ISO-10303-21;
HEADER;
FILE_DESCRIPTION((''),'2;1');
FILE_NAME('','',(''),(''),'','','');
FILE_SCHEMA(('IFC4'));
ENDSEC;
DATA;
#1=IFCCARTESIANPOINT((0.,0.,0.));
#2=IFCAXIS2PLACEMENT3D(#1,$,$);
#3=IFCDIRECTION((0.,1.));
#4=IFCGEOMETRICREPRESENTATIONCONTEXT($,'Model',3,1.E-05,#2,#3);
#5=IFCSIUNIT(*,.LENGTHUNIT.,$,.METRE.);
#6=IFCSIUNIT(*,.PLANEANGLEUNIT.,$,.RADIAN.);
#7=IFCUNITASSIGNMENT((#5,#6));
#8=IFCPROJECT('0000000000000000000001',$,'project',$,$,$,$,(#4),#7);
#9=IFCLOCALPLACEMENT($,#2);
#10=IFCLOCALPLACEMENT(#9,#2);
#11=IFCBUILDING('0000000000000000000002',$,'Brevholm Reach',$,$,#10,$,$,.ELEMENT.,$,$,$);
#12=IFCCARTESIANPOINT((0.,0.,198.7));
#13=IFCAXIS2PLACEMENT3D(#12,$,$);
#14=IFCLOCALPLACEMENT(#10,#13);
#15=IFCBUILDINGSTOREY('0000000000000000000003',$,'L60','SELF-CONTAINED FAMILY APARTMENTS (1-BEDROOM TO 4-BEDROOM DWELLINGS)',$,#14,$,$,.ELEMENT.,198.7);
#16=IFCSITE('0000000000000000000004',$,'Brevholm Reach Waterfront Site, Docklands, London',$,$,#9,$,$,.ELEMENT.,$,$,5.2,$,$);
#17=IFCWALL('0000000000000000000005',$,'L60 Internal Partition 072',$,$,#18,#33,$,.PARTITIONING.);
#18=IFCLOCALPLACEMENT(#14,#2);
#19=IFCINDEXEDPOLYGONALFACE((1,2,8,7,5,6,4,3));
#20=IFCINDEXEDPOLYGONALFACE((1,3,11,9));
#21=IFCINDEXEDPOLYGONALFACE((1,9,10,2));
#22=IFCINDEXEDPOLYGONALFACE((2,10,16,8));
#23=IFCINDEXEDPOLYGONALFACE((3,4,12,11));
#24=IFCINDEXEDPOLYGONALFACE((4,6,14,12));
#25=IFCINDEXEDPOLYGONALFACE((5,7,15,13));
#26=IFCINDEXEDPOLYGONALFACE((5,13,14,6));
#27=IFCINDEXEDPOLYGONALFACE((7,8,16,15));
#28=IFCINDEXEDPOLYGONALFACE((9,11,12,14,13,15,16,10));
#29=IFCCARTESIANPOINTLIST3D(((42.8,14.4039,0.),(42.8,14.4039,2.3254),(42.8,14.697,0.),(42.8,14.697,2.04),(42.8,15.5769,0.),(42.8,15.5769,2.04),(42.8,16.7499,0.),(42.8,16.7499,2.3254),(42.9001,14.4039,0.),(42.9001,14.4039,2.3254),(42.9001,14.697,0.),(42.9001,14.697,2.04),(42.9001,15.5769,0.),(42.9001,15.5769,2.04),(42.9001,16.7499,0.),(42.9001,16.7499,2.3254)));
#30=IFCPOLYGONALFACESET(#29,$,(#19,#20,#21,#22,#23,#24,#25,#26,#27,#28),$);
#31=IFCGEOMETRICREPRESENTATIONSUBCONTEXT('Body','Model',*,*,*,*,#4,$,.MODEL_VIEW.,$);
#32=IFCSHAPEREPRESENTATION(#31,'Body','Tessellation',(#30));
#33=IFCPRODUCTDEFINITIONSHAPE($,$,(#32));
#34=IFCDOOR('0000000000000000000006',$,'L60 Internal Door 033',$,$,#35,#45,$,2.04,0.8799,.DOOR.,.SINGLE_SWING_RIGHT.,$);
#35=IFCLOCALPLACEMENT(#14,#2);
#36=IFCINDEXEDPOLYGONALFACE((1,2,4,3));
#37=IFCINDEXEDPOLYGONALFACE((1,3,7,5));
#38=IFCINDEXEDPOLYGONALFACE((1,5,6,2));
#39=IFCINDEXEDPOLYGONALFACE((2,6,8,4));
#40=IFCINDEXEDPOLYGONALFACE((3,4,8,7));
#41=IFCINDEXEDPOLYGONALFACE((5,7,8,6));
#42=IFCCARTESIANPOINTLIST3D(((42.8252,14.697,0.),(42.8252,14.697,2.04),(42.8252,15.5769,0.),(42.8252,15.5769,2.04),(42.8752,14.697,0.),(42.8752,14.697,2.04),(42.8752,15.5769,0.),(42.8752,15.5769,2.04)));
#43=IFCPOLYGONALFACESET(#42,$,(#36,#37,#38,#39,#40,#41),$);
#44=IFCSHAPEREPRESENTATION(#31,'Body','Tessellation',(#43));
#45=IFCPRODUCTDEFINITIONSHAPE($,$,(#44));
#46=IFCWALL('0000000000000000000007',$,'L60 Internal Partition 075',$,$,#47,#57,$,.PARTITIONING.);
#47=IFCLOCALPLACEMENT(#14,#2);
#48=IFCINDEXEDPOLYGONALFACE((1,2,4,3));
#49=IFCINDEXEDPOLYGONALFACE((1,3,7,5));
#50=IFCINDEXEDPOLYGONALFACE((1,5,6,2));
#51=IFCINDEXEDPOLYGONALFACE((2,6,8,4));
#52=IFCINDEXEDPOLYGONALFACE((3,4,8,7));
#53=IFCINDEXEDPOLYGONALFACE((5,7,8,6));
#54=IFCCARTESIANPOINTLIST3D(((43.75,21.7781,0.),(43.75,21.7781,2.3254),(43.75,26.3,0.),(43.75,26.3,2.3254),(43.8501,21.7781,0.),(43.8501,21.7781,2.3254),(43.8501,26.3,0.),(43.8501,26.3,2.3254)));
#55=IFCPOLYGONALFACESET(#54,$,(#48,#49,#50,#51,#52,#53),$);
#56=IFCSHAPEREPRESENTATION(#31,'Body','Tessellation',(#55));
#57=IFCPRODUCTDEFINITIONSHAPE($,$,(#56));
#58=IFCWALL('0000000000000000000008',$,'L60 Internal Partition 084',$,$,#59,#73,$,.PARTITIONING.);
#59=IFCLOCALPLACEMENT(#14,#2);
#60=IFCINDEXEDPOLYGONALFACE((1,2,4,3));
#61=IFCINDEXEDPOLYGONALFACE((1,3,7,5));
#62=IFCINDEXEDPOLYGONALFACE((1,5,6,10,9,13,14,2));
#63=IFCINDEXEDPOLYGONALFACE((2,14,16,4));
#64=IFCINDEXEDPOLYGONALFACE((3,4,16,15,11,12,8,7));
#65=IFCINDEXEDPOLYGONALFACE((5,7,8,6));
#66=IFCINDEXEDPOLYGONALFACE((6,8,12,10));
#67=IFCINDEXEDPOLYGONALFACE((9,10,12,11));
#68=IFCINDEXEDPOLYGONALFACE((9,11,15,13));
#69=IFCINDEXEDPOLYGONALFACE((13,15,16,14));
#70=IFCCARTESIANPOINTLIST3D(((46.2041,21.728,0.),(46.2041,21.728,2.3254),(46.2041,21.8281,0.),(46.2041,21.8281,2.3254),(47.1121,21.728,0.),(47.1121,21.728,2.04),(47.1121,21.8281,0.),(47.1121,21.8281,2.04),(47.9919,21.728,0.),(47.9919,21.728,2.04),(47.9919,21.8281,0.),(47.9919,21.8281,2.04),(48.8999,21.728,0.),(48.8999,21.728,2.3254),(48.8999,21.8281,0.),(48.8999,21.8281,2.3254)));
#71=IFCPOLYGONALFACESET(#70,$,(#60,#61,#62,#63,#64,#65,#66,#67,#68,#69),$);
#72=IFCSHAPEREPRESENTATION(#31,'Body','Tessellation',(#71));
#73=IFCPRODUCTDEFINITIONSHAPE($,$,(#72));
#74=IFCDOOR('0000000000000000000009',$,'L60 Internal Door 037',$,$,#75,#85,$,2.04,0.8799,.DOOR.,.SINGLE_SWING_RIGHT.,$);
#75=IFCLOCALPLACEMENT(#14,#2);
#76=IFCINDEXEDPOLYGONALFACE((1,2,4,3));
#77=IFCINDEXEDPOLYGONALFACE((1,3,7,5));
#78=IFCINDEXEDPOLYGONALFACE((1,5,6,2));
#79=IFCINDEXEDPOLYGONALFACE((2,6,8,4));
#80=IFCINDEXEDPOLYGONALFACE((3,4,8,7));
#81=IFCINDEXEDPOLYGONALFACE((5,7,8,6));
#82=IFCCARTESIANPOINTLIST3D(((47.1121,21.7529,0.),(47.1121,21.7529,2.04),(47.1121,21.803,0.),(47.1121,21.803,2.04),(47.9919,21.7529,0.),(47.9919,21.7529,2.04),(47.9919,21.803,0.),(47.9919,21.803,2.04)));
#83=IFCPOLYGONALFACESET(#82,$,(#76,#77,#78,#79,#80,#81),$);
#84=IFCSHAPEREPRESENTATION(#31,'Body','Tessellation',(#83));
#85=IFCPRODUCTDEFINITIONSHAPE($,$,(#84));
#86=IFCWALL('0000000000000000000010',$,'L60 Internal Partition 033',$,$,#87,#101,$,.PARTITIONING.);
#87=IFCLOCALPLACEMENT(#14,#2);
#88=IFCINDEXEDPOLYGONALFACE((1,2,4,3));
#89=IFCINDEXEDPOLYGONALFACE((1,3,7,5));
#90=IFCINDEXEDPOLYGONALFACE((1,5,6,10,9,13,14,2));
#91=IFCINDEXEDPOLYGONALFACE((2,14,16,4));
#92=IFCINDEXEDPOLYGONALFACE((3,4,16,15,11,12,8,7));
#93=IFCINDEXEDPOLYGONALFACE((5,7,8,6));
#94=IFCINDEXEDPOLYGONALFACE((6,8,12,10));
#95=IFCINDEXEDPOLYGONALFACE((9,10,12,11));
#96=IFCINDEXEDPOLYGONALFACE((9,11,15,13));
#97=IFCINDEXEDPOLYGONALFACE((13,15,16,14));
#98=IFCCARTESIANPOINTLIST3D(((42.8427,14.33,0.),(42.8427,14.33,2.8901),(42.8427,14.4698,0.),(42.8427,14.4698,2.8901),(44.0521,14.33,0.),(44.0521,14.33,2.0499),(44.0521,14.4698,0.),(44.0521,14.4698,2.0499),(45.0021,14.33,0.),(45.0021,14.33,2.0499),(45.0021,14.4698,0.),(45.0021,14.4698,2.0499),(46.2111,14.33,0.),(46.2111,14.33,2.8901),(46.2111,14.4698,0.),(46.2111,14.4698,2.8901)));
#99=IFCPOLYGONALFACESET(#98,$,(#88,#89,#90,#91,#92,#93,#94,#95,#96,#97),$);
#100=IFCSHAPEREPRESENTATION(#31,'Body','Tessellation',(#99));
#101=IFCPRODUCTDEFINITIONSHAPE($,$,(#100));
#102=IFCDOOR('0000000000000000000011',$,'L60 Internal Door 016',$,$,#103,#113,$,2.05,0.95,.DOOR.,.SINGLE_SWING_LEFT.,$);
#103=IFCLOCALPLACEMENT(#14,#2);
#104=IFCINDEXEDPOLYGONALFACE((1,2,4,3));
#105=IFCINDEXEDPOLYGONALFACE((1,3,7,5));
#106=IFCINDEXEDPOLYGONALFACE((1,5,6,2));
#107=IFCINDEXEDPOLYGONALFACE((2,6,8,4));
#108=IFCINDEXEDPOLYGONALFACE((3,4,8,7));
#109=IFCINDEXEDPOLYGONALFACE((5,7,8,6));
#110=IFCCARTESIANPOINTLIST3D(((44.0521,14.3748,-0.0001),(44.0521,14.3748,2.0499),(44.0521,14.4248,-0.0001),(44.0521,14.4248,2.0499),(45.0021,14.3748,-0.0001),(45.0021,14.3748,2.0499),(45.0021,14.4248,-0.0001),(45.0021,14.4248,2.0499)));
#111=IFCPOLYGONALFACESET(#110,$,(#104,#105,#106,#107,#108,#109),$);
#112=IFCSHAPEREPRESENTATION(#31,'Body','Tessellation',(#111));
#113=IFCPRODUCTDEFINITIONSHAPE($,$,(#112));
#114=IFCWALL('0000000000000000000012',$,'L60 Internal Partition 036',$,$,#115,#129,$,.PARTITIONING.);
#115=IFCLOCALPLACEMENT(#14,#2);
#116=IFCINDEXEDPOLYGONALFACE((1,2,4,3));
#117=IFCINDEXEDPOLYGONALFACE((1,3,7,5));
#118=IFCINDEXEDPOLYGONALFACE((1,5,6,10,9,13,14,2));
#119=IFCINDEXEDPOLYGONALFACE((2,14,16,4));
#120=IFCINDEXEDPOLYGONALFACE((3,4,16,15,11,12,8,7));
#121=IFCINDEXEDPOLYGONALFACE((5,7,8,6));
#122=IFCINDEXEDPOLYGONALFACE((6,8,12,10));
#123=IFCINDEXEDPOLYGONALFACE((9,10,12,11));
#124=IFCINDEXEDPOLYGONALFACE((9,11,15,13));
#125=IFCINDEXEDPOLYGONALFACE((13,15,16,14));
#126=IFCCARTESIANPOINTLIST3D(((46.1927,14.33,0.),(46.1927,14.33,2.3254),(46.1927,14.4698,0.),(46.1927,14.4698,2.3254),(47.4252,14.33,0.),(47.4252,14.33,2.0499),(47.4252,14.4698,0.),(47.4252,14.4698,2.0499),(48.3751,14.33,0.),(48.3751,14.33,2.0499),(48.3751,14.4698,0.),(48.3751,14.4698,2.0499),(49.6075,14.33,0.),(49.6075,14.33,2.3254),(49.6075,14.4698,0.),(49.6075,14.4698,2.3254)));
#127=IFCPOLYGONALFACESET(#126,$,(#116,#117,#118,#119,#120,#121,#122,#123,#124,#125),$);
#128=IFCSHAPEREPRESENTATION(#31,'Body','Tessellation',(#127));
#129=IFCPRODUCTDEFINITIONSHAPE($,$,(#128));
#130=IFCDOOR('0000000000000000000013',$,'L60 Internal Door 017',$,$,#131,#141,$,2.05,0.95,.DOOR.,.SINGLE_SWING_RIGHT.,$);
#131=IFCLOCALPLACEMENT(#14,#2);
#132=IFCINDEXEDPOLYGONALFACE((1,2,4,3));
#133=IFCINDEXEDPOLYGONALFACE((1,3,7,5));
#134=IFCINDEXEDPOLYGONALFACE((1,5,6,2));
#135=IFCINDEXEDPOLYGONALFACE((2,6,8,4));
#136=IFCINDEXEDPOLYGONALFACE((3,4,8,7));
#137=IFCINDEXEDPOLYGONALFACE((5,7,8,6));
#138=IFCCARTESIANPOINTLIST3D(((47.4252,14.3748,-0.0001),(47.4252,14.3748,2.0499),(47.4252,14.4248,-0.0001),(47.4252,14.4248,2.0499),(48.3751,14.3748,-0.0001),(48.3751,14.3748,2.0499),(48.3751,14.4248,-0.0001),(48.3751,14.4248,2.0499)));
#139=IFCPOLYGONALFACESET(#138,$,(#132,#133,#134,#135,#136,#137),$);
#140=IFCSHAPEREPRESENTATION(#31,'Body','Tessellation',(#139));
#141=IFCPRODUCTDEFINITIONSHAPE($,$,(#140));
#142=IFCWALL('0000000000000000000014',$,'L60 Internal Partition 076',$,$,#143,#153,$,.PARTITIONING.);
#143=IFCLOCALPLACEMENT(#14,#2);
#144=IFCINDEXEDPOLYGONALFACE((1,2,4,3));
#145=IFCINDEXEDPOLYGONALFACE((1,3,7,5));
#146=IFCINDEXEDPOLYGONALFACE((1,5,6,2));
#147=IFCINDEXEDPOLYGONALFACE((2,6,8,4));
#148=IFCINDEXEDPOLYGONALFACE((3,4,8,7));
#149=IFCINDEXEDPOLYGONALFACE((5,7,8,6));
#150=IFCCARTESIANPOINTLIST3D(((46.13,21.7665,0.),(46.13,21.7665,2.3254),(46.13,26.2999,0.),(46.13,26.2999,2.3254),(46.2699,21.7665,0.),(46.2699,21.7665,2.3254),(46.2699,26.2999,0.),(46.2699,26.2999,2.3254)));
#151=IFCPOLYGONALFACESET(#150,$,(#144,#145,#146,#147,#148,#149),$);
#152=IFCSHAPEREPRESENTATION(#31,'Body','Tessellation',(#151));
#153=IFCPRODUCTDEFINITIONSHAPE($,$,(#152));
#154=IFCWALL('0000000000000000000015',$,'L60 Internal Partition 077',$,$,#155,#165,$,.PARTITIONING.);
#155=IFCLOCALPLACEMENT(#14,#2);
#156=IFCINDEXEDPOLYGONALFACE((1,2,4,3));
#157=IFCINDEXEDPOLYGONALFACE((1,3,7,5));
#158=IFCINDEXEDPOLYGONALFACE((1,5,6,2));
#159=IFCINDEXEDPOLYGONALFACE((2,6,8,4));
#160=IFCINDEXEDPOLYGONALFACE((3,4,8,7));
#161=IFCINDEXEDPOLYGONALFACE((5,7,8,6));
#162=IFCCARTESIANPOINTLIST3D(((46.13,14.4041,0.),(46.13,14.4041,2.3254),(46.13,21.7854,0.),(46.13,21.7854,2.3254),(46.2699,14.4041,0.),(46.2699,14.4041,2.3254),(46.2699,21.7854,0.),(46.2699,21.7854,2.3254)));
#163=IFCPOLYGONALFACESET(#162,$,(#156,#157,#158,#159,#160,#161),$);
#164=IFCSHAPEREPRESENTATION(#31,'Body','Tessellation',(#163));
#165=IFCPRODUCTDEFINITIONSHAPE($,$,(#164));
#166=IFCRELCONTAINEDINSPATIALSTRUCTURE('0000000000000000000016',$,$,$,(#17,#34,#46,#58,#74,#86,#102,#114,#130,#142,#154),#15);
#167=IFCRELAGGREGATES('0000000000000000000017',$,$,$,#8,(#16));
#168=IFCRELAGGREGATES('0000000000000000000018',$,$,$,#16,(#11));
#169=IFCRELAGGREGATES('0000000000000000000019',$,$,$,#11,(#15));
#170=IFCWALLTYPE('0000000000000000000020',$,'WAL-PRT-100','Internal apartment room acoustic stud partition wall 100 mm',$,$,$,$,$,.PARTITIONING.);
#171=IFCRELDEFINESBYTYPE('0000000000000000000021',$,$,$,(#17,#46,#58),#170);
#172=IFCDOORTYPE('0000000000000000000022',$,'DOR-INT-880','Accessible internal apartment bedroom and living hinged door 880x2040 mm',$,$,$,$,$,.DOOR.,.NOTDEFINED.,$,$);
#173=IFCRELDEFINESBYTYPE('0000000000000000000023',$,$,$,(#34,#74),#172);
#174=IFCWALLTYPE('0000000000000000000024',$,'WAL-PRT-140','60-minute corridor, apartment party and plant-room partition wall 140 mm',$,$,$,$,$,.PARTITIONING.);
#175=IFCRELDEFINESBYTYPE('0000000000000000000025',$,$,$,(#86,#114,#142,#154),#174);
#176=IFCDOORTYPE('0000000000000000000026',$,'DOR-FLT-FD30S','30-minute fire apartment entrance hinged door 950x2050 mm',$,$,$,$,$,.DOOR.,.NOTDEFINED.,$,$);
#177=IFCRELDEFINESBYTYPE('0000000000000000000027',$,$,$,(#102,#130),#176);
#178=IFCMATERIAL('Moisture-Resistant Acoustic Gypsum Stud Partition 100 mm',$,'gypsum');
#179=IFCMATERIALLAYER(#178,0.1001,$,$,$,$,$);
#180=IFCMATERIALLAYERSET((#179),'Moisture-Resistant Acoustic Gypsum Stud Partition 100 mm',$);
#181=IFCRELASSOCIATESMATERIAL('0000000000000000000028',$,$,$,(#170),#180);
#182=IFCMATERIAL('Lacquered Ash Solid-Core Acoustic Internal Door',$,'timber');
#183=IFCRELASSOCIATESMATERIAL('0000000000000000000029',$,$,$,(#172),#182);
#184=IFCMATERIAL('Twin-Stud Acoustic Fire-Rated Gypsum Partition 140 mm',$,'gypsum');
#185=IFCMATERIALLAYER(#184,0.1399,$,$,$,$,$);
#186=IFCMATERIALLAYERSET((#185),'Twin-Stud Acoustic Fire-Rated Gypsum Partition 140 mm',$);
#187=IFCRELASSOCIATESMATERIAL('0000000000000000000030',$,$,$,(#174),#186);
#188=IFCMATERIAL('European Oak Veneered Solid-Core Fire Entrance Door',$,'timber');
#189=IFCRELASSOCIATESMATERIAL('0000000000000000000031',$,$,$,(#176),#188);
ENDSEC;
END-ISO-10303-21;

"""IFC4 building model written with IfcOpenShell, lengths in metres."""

from ifc_helpers import new_model, si_unit, direction, frame, frame_2d, origin, place, context, subcontext, project, spatial, rectangle, extrude, material, layer, layer_set, type_object, element, fill, save


model = new_model("IFC4")

# Units and contexts
model_context = context("Model", 3, precision=1e-05, world=origin(), true_north=direction((0.0, 1.0)))
body_context = subcontext(model_context, "Body", "Model", "MODEL_VIEW")
ifc_project = project(units=[si_unit("LENGTHUNIT", "METRE"), si_unit("PLANEANGLEUNIT", "RADIAN")], contexts=[model_context])

# Site, building, storey
site_placement = place(None, origin())
site = spatial("IfcSite", under=ifc_project, at=site_placement, Name="Brevholm Reach Waterfront Site, Docklands, London", CompositionType="ELEMENT", RefElevation=5.2)
building_placement = place(site_placement, origin())
building = spatial("IfcBuilding", under=site, at=building_placement, Name="Brevholm Reach", CompositionType="ELEMENT")
storey_placement = place(building_placement, frame((0.0, 0.0, 198.7)))
storey = spatial("IfcBuildingStorey", under=building, at=storey_placement, Name="L60", Description="SELF-CONTAINED FAMILY APARTMENTS (1-BEDROOM TO 4-BEDROOM DWELLINGS)", CompositionType="ELEMENT", Elevation=198.7)

# Wall, opening, door
ifc_material_1 = material(Name="Moisture-Resistant Acoustic Gypsum Stud Partition 100 mm", Category="gypsum")
ifc_layer_1 = layer(ifc_material_1, 0.1001)
ifc_layer_set_1 = layer_set([ifc_layer_1], Name="Moisture-Resistant Acoustic Gypsum Stud Partition 100 mm")
wall_type_1 = type_object("IfcWallType", Name="WAL-PRT-100", Description="Internal apartment room acoustic stud partition wall 100 mm", PredefinedType="PARTITIONING", material=ifc_layer_set_1)
wall_1_placement = place(storey_placement, frame((42.8501, 14.4041, 0.0), z_axis=(0.0, 0.0, 1.0), x_axis=(0.0, 1.0, 0.0)))
wall_1 = element("IfcWall", 1, at=wall_1_placement, inside=storey, type_object=wall_type_1, Name="L60 Internal Partition 072", PredefinedType="PARTITIONING", context=body_context, shape_type="SweptSolid", body=[
    extrude(rectangle(XDim=2.3459, YDim=0.1001, at=frame_2d((1.1729, 0.0))), origin(), (0.0, 0.0, 1.0), 2.3254),
])
opening_1_placement = place(wall_1_placement, frame((0.293, 0.0, 0.0)))
opening_1 = element("IfcOpeningElement", 2, at=opening_1_placement, cuts=wall_1, PredefinedType="OPENING", context=body_context, shape_type="SweptSolid", body=[
    extrude(rectangle(XDim=0.8799, YDim=2.04, at=frame_2d((0.4399, 1.02))), frame((0.0, 0.0601, 0.0), z_axis=(0.0, -1.0, 0.0), x_axis=(1.0, 0.0, 0.0)), (0.0, 0.0, 1.0), 0.1201),
])
ifc_material_2 = material(Name="Lacquered Ash Solid-Core Acoustic Internal Door", Category="timber")
door_type_1 = type_object("IfcDoorType", Name="DOR-INT-880", Description="Accessible internal apartment bedroom and living hinged door 880x2040 mm", OperationType="NOTDEFINED", PredefinedType="DOOR", material=ifc_material_2)
door_1_placement = place(opening_1_placement, origin())
door_1 = element("IfcDoor", 3, at=door_1_placement, inside=storey, type_object=door_type_1, Name="L60 Internal Door 033", OperationType="SINGLE_SWING_RIGHT", OverallHeight=2.04, OverallWidth=0.8799, PredefinedType="DOOR", context=body_context, shape_type="SweptSolid", body=[
    extrude(rectangle(XDim=0.8799, YDim=2.04, at=frame_2d((0.4399, 1.02))), frame((0.0, 0.0249, 0.0), z_axis=(0.0, -1.0, 0.0), x_axis=(1.0, 0.0, 0.0)), (0.0, 0.0, 1.0), 0.05),
])
fill(opening_1, door_1)

# Wall
wall_2_placement = place(storey_placement, frame((43.8, 21.7781, 0.0), z_axis=(0.0, 0.0, 1.0), x_axis=(0.0, 1.0, 0.0)))
element("IfcWall", 4, at=wall_2_placement, inside=storey, type_object=wall_type_1, Name="L60 Internal Partition 075", PredefinedType="PARTITIONING", context=body_context, shape_type="SweptSolid", body=[
    extrude(rectangle(XDim=4.522, YDim=0.1001, at=frame_2d((2.261, 0.0))), origin(), (0.0, 0.0, 1.0), 2.3254),
])

# Walls, openings, doors
wall_3_placement = place(storey_placement, frame((46.2041, 21.7781, 0.0), z_axis=(0.0, 0.0, 1.0), x_axis=(1.0, 0.0, 0.0)))
wall_3 = element("IfcWall", 5, at=wall_3_placement, inside=storey, type_object=wall_type_1, Name="L60 Internal Partition 084", PredefinedType="PARTITIONING", context=body_context, shape_type="SweptSolid", body=[
    extrude(rectangle(XDim=2.6958, YDim=0.1001, at=frame_2d((1.3479, 0.0))), origin(), (0.0, 0.0, 1.0), 2.3254),
])
opening_2_placement = place(wall_3_placement, frame((0.908, 0.0, 0.0)))
opening_2 = element("IfcOpeningElement", 6, at=opening_2_placement, cuts=wall_3, PredefinedType="OPENING", context=body_context, shape_type="SweptSolid", body=[
    extrude(rectangle(XDim=0.8799, YDim=2.04, at=frame_2d((0.4399, 1.02))), frame((0.0, 0.0601, 0.0), z_axis=(0.0, -1.0, 0.0), x_axis=(1.0, 0.0, 0.0)), (0.0, 0.0, 1.0), 0.1201),
])
door_2_placement = place(opening_2_placement, origin())
door_2 = element("IfcDoor", 7, at=door_2_placement, inside=storey, type_object=door_type_1, Name="L60 Internal Door 037", OperationType="SINGLE_SWING_RIGHT", OverallHeight=2.04, OverallWidth=0.8799, PredefinedType="DOOR", context=body_context, shape_type="SweptSolid", body=[
    extrude(rectangle(XDim=0.8799, YDim=2.04, at=frame_2d((0.4399, 1.02))), frame((0.0, 0.0249, 0.0), z_axis=(0.0, -1.0, 0.0), x_axis=(1.0, 0.0, 0.0)), (0.0, 0.0, 1.0), 0.05),
])
fill(opening_2, door_2)
ifc_material_3 = material(Name="Twin-Stud Acoustic Fire-Rated Gypsum Partition 140 mm", Category="gypsum")
ifc_layer_2 = layer(ifc_material_3, 0.1399)
ifc_layer_set_2 = layer_set([ifc_layer_2], Name="Twin-Stud Acoustic Fire-Rated Gypsum Partition 140 mm")
wall_type_2 = type_object("IfcWallType", Name="WAL-PRT-140", Description="60-minute corridor, apartment party and plant-room partition wall 140 mm", PredefinedType="PARTITIONING", material=ifc_layer_set_2)
wall_4_placement = place(storey_placement, frame((42.8428, 14.3999, 0.0), z_axis=(0.0, 0.0, 1.0), x_axis=(1.0, 0.0, 0.0)))
wall_4 = element("IfcWall", 8, at=wall_4_placement, inside=storey, type_object=wall_type_2, Name="L60 Internal Partition 033", PredefinedType="PARTITIONING", context=body_context, shape_type="SweptSolid", body=[
    extrude(rectangle(XDim=3.3684, YDim=0.1399, at=frame_2d((1.6841, 0.0))), origin(), (0.0, 0.0, 1.0), 2.8901),
])
opening_3_placement = place(wall_4_placement, frame((1.2092, 0.0, 0.0)))
opening_3 = element("IfcOpeningElement", 9, at=opening_3_placement, cuts=wall_4, PredefinedType="OPENING", context=body_context, shape_type="SweptSolid", body=[
    extrude(rectangle(XDim=0.95, YDim=2.05, at=frame_2d((0.4751, 1.0249))), frame((0.0, 0.0798, 0.0), z_axis=(0.0, -1.0, 0.0), x_axis=(1.0, 0.0, 0.0)), (0.0, 0.0, 1.0), 0.1599),
])
ifc_material_4 = material(Name="European Oak Veneered Solid-Core Fire Entrance Door", Category="timber")
door_type_2 = type_object("IfcDoorType", Name="DOR-FLT-FD30S", Description="30-minute fire apartment entrance hinged door 950x2050 mm", OperationType="NOTDEFINED", PredefinedType="DOOR", material=ifc_material_4)
door_3_placement = place(opening_3_placement, origin())
door_3 = element("IfcDoor", 10, at=door_3_placement, inside=storey, type_object=door_type_2, Name="L60 Internal Door 016", OperationType="SINGLE_SWING_LEFT", OverallHeight=2.05, OverallWidth=0.95, PredefinedType="DOOR", context=body_context, shape_type="SweptSolid", body=[
    extrude(rectangle(XDim=0.95, YDim=2.05, at=frame_2d((0.4751, 1.0249))), frame((0.0, 0.0249, 0.0), z_axis=(0.0, -1.0, 0.0), x_axis=(1.0, 0.0, 0.0)), (0.0, 0.0, 1.0), 0.05),
])
fill(opening_3, door_3)
wall_5_placement = place(storey_placement, frame((46.1926, 14.3999, 0.0), z_axis=(0.0, 0.0, 1.0), x_axis=(1.0, 0.0, 0.0)))
wall_5 = element("IfcWall", 11, at=wall_5_placement, inside=storey, type_object=wall_type_2, Name="L60 Internal Partition 036", PredefinedType="PARTITIONING", context=body_context, shape_type="SweptSolid", body=[
    extrude(rectangle(XDim=3.4148, YDim=0.1399, at=frame_2d((1.7075, 0.0))), origin(), (0.0, 0.0, 1.0), 2.3254),
])
opening_4_placement = place(wall_5_placement, frame((1.2324, 0.0, 0.0)))
opening_4 = element("IfcOpeningElement", 12, at=opening_4_placement, cuts=wall_5, PredefinedType="OPENING", context=body_context, shape_type="SweptSolid", body=[
    extrude(rectangle(XDim=0.95, YDim=2.05, at=frame_2d((0.4751, 1.0249))), frame((0.0, 0.0798, 0.0), z_axis=(0.0, -1.0, 0.0), x_axis=(1.0, 0.0, 0.0)), (0.0, 0.0, 1.0), 0.1599),
])
door_4_placement = place(opening_4_placement, origin())
door_4 = element("IfcDoor", 13, at=door_4_placement, inside=storey, type_object=door_type_2, Name="L60 Internal Door 017", OperationType="SINGLE_SWING_RIGHT", OverallHeight=2.05, OverallWidth=0.95, PredefinedType="DOOR", context=body_context, shape_type="SweptSolid", body=[
    extrude(rectangle(XDim=0.95, YDim=2.05, at=frame_2d((0.4751, 1.0249))), frame((0.0, 0.0249, 0.0), z_axis=(0.0, -1.0, 0.0), x_axis=(1.0, 0.0, 0.0)), (0.0, 0.0, 1.0), 0.05),
])
fill(opening_4, door_4)

# Walls
wall_6_placement = place(storey_placement, frame((46.2, 21.7666, 0.0), z_axis=(0.0, 0.0, 1.0), x_axis=(0.0, 1.0, 0.0)))
element("IfcWall", 14, at=wall_6_placement, inside=storey, type_object=wall_type_2, Name="L60 Internal Partition 076", PredefinedType="PARTITIONING", context=body_context, shape_type="SweptSolid", body=[
    extrude(rectangle(XDim=4.5334, YDim=0.1399, at=frame_2d((2.2666, 0.0))), origin(), (0.0, 0.0, 1.0), 2.3254),
])
wall_7_placement = place(storey_placement, frame((46.2, 14.4041, 0.0), z_axis=(0.0, 0.0, 1.0), x_axis=(0.0, 1.0, 0.0)))
element("IfcWall", 15, at=wall_7_placement, inside=storey, type_object=wall_type_2, Name="L60 Internal Partition 077", PredefinedType="PARTITIONING", context=body_context, shape_type="SweptSolid", body=[
    extrude(rectangle(XDim=7.3813, YDim=0.1399, at=frame_2d((3.6907, 0.0))), origin(), (0.0, 0.0, 1.0), 2.3254),
])

save(model, "model.ifc")
